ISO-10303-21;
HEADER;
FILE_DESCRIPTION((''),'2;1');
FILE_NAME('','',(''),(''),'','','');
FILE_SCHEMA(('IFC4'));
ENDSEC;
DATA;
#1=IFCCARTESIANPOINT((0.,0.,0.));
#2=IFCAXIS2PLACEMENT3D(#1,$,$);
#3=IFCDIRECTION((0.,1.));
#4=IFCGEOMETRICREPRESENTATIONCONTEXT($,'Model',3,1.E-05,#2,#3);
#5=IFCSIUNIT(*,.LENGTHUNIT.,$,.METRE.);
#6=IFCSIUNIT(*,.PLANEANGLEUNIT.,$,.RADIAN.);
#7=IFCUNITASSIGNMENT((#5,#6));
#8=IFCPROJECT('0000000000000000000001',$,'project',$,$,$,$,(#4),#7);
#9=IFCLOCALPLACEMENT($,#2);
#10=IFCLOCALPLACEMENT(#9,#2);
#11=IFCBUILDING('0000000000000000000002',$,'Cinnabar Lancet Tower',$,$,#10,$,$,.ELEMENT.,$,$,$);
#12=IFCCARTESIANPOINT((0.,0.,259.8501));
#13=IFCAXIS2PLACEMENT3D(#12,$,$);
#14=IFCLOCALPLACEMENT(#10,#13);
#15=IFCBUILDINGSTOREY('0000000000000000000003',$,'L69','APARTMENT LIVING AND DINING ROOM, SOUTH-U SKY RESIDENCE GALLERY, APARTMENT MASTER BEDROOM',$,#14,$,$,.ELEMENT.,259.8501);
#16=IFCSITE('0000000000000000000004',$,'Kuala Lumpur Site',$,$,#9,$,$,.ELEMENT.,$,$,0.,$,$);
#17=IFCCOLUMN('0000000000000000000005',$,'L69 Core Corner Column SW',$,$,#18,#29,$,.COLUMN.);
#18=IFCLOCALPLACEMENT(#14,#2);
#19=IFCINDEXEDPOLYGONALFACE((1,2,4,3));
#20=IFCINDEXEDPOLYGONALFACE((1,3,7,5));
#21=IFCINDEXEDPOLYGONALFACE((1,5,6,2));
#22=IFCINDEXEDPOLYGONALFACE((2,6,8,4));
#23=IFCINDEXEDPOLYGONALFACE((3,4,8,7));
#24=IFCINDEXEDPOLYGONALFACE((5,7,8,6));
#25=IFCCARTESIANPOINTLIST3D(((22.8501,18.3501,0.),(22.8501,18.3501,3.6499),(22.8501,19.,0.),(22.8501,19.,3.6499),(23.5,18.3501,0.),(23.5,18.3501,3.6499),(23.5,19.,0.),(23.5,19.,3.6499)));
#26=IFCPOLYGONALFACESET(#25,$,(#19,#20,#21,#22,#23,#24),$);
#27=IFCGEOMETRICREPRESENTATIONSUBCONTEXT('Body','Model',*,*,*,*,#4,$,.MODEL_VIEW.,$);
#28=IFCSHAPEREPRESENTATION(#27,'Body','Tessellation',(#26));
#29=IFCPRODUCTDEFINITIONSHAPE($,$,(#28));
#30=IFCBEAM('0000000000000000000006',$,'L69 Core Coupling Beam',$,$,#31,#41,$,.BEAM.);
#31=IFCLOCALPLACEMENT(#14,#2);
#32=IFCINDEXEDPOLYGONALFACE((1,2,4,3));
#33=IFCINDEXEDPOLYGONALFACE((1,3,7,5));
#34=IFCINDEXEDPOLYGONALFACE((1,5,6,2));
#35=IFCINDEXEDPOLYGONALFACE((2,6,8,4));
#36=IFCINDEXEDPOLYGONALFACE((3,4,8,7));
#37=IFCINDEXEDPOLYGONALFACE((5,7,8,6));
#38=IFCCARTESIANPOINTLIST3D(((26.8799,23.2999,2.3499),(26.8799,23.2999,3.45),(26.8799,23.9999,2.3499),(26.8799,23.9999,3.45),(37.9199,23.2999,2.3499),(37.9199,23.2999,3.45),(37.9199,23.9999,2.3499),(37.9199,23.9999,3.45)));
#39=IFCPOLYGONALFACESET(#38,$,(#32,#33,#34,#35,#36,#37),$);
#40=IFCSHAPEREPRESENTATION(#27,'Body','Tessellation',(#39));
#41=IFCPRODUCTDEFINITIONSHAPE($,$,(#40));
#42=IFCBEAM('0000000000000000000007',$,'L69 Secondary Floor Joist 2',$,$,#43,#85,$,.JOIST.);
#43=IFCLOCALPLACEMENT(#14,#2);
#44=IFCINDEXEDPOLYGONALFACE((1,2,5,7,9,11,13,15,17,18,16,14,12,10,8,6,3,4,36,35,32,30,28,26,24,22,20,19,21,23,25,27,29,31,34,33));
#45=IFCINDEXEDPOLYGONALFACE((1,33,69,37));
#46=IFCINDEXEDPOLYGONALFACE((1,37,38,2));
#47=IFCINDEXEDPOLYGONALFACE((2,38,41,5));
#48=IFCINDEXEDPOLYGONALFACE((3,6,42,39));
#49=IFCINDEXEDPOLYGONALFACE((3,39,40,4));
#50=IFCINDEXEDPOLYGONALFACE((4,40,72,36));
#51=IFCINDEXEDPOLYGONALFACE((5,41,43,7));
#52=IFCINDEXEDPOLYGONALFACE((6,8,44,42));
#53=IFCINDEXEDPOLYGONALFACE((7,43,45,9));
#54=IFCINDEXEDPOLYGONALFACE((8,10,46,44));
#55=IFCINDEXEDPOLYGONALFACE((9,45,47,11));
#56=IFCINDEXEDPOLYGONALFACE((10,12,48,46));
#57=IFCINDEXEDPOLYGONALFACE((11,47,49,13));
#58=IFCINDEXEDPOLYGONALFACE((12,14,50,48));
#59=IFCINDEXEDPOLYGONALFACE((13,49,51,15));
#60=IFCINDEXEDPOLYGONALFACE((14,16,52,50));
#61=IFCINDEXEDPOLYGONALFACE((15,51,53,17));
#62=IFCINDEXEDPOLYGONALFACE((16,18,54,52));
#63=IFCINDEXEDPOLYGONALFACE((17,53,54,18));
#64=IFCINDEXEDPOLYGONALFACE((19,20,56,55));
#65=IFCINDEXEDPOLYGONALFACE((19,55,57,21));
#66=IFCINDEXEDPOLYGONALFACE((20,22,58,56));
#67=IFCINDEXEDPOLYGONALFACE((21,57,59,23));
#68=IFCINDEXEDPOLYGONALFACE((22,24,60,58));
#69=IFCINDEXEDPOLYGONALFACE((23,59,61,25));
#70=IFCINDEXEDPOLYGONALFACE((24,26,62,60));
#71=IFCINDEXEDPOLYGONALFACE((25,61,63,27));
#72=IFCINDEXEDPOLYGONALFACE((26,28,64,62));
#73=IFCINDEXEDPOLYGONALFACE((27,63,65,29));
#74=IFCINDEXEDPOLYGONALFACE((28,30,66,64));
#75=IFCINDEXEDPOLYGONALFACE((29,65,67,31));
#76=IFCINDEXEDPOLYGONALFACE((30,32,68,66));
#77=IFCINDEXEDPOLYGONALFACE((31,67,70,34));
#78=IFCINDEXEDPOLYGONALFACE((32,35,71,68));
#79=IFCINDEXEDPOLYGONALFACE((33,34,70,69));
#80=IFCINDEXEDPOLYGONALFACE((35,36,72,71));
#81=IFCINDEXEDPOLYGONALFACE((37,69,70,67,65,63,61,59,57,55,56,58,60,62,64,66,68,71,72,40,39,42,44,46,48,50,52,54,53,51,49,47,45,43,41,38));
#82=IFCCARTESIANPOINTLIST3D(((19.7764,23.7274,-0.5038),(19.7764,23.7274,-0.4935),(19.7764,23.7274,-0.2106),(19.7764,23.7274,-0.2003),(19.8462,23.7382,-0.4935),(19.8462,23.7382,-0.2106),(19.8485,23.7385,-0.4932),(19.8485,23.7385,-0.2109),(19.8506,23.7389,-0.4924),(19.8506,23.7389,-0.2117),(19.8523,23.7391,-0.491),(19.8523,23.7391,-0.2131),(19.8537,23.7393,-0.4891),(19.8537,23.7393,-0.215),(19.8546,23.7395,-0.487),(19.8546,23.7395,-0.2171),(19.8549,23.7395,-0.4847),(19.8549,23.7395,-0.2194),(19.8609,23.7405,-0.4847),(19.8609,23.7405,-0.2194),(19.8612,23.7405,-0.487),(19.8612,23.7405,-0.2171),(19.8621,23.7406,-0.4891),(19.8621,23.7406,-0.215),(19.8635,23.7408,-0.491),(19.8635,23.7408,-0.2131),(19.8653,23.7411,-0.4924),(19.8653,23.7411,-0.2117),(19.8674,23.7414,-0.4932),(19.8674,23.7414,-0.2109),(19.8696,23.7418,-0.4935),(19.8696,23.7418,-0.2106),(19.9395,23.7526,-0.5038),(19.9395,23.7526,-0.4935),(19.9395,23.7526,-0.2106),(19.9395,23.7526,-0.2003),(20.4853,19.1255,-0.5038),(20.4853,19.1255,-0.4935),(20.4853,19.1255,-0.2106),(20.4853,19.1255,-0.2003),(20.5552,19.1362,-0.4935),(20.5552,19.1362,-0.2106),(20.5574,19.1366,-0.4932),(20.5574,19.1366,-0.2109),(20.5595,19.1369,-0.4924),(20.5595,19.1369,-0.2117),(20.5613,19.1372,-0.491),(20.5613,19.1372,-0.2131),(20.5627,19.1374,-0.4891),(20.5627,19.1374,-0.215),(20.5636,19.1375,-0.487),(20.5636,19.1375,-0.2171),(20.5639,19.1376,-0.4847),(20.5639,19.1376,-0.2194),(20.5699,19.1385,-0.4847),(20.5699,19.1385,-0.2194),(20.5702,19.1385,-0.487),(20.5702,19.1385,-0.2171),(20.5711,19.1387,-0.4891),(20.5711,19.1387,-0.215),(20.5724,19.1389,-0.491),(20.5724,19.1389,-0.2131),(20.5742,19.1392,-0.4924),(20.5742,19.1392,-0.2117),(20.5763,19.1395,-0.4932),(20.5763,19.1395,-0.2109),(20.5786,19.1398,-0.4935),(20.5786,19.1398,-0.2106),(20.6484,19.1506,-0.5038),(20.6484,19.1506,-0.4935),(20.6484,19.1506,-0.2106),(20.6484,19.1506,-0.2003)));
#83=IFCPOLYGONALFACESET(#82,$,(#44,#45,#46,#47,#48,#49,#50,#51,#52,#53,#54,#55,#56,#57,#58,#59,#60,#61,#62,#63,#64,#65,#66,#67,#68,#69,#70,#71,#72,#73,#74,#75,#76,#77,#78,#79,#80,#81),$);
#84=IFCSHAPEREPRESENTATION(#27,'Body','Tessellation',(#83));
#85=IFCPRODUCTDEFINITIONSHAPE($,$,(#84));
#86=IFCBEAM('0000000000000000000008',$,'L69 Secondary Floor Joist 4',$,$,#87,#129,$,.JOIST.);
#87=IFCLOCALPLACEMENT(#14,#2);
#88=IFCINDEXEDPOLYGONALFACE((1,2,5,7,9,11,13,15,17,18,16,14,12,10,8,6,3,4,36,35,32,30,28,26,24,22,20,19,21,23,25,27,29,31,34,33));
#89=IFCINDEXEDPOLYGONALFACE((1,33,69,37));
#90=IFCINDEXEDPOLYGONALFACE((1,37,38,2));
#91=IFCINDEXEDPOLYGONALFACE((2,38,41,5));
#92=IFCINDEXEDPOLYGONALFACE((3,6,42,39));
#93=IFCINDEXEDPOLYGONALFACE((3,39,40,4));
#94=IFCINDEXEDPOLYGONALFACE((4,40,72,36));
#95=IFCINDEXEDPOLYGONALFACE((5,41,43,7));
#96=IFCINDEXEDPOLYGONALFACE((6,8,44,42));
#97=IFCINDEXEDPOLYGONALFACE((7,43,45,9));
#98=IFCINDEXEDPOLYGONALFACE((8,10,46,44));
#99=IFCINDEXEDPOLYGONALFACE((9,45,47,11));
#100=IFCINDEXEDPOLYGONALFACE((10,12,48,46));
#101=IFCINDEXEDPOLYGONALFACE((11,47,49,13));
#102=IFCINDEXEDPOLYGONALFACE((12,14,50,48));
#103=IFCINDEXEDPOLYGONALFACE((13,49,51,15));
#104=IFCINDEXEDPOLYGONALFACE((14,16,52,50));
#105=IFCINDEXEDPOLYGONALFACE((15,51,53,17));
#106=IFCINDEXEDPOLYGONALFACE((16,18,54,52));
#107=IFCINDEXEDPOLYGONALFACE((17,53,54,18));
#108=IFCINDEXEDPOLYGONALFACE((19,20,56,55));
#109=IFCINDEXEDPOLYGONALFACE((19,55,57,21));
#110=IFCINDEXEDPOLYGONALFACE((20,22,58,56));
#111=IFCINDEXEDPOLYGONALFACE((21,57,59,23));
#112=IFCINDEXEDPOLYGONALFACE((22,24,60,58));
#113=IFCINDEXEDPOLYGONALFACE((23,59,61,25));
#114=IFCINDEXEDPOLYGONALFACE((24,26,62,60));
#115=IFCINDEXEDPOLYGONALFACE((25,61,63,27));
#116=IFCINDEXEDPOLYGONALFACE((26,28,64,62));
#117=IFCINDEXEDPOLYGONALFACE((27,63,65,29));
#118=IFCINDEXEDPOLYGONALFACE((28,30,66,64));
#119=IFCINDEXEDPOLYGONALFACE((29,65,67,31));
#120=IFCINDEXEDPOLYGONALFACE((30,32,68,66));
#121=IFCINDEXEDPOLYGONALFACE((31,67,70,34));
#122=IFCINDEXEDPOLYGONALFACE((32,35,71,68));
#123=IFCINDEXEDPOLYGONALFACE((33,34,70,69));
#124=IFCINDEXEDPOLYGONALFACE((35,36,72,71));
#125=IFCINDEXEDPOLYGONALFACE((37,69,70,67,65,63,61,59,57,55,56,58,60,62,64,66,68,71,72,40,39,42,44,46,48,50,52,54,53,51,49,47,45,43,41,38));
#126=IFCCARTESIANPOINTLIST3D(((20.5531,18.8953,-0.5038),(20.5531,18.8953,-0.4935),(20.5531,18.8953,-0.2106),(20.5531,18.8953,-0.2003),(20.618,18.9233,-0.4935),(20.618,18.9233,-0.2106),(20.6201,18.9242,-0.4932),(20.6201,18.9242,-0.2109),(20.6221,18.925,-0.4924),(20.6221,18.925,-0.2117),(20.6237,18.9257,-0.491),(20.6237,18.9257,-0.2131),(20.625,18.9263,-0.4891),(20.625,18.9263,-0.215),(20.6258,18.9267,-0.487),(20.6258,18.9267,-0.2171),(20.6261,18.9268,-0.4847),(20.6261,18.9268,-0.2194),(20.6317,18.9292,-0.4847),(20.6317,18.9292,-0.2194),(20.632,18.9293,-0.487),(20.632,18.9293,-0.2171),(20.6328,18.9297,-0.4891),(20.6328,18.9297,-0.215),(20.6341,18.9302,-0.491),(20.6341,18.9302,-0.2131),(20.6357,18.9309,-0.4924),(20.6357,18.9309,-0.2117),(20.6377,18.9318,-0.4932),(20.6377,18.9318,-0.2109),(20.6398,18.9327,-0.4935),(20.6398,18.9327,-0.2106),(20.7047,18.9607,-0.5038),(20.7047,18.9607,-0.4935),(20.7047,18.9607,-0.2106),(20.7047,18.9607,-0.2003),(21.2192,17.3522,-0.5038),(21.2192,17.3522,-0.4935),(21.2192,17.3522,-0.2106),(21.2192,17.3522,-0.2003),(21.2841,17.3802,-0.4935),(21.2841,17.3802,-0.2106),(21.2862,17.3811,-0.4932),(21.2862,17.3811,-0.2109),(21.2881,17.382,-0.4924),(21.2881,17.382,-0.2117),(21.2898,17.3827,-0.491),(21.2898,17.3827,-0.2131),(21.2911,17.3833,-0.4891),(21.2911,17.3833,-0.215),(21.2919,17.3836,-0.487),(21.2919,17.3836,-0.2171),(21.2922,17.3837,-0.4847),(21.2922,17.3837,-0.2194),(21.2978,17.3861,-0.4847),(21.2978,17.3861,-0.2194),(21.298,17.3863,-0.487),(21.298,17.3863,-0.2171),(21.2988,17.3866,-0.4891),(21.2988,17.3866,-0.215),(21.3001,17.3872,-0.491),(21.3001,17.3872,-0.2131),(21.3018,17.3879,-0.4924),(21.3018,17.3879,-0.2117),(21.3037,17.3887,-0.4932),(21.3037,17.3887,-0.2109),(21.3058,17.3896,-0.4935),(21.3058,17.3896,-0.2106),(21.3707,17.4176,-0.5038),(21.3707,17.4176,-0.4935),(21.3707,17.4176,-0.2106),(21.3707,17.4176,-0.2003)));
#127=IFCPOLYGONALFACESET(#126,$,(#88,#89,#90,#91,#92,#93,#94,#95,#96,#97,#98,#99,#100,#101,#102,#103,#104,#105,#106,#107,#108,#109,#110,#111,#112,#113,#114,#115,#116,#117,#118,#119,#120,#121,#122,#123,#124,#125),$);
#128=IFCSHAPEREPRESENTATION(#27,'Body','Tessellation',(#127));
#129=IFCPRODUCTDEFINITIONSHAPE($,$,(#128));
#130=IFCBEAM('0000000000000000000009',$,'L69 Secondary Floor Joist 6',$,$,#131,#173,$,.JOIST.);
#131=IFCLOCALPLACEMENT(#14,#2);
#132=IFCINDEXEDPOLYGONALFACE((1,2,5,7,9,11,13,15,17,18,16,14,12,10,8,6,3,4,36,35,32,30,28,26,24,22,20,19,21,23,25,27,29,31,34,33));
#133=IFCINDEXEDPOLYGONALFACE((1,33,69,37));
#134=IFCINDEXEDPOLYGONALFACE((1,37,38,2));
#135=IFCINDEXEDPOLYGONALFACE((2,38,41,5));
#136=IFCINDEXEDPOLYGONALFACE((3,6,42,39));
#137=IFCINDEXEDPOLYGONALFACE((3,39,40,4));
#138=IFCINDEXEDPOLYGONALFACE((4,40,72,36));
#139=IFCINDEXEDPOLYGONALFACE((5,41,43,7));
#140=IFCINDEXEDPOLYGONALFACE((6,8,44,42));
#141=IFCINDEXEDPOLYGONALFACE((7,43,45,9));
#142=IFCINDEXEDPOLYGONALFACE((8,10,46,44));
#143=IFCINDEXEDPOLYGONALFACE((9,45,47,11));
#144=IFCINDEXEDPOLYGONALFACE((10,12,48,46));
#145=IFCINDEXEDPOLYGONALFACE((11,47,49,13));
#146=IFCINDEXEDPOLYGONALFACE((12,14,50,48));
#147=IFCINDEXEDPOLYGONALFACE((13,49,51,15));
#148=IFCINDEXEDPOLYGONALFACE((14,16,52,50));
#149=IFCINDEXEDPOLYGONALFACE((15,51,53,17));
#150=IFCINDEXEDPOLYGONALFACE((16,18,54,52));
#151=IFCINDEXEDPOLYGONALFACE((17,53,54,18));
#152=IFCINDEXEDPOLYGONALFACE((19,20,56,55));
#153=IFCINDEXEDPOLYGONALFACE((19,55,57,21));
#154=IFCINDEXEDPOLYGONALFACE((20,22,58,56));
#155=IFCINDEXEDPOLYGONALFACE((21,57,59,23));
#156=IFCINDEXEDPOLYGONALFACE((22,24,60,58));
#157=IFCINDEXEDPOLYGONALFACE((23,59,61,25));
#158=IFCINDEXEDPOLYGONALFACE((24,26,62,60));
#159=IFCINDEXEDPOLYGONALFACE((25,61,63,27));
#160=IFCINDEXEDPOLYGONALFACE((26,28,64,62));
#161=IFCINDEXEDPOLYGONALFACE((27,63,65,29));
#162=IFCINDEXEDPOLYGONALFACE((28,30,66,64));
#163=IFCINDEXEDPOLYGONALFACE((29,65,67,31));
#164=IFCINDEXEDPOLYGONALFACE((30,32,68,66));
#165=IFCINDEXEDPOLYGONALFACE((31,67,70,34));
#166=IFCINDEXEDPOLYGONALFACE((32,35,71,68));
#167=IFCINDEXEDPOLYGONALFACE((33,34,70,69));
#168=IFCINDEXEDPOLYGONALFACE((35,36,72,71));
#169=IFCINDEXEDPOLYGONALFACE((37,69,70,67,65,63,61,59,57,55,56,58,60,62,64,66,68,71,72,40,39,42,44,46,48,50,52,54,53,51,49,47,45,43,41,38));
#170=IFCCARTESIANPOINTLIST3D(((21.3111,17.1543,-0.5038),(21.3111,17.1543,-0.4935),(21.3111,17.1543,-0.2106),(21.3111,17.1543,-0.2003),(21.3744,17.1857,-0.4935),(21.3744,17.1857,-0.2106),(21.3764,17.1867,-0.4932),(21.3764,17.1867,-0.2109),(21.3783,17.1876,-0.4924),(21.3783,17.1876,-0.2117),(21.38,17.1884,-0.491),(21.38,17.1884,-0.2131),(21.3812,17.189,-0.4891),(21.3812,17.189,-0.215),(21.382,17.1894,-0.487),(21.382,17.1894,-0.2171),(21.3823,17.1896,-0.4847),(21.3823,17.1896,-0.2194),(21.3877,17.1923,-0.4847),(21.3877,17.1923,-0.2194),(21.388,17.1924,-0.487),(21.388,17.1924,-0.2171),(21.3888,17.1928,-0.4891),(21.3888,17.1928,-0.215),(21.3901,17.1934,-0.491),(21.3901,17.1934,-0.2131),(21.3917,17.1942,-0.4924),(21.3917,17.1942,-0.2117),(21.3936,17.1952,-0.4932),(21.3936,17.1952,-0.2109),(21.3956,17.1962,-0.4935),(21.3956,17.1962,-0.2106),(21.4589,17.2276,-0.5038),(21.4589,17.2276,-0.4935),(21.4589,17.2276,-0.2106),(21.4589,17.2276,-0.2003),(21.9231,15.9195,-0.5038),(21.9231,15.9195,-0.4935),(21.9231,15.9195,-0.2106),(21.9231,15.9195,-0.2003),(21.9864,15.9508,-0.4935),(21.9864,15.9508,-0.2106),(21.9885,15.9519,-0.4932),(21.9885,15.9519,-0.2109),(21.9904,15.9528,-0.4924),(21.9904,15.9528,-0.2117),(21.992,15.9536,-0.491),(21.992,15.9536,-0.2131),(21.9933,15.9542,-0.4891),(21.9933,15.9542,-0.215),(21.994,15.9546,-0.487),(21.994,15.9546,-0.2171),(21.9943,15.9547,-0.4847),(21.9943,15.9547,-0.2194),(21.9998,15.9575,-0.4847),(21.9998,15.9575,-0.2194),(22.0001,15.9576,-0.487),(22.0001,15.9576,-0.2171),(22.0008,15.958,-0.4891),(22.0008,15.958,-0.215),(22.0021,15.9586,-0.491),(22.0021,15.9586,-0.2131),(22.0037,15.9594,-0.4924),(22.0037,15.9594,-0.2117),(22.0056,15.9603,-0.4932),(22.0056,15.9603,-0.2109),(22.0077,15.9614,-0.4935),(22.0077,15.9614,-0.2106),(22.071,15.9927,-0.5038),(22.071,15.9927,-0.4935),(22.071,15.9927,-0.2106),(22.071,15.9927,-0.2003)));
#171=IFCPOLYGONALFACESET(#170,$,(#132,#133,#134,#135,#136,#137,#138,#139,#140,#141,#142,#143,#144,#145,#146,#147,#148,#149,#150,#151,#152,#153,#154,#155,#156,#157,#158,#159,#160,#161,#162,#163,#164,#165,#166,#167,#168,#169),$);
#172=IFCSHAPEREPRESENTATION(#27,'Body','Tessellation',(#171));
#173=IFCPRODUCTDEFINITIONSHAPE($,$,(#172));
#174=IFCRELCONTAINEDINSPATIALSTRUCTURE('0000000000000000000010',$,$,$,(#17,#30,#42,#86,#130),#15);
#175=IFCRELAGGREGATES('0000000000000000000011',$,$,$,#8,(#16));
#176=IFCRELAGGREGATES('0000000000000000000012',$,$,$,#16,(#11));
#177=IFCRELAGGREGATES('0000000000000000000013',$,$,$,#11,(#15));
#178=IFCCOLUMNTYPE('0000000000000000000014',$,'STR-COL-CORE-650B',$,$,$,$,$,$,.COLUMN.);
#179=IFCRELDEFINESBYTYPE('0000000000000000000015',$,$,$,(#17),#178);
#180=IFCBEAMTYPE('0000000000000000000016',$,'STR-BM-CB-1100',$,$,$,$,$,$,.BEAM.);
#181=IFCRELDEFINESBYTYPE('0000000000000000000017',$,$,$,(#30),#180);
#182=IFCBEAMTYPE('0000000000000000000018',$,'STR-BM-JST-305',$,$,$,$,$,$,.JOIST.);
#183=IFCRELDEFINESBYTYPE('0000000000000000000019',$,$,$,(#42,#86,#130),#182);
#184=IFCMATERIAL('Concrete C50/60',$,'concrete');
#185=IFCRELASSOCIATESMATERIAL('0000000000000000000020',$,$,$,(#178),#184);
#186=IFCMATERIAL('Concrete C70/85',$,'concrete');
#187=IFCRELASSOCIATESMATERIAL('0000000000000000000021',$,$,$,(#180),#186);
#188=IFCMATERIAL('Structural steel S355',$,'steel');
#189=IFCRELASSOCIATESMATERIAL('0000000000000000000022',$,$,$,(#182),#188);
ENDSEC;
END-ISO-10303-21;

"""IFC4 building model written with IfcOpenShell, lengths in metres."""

from ifc_helpers import new_model, si_unit, direction, frame, origin, origin_2d, place, context, subcontext, project, spatial, rectangle, i_section, extrude, material, material_profile, profile_set, type_object, element, save


model = new_model("IFC4")

# Units and contexts
model_context = context("Model", 3, precision=1e-05, world=origin(), true_north=direction((0.0, 1.0)))
body_context = subcontext(model_context, "Body", "Model", "MODEL_VIEW")
ifc_project = project(units=[si_unit("LENGTHUNIT", "METRE"), si_unit("PLANEANGLEUNIT", "RADIAN")], contexts=[model_context])

# Site, building, storey
site_placement = place(None, origin())
site = spatial("IfcSite", under=ifc_project, at=site_placement, Name="Kuala Lumpur Site", CompositionType="ELEMENT", RefElevation=0.0)
building_placement = place(site_placement, origin())
building = spatial("IfcBuilding", under=site, at=building_placement, Name="Cinnabar Lancet Tower", CompositionType="ELEMENT")
storey_placement = place(building_placement, frame((0.0, 0.0, 259.8501)))
storey = spatial("IfcBuildingStorey", under=building, at=storey_placement, Name="L69", Description="APARTMENT LIVING AND DINING ROOM, SOUTH-U SKY RESIDENCE GALLERY, APARTMENT MASTER BEDROOM", CompositionType="ELEMENT", Elevation=259.8501)

# Column
ifc_material_1 = material(Name="Concrete C50/60", Category="concrete")
ifc_material_profile_1 = material_profile(ifc_material_1, rectangle(XDim=0.6499, YDim=0.6499, at=origin_2d()), Name="RC-COL 650x650")
ifc_profile_set_1 = profile_set([ifc_material_profile_1], Name="Concrete C50/60")
column_type = type_object("IfcColumnType", Name="STR-COL-CORE-650B", PredefinedType="COLUMN", material=ifc_profile_set_1)
column_placement = place(storey_placement, frame((23.175, 18.675, 0.0), z_axis=(0.0, 0.0, 1.0), x_axis=(1.0, 0.0, 0.0)))
element("IfcColumn", 1, at=column_placement, inside=storey, type_object=column_type, Name="L69 Core Corner Column SW", PredefinedType="COLUMN", context=body_context, shape_type="SweptSolid", body=[
    extrude(rectangle(XDim=0.6499, YDim=0.6499, at=origin_2d()), origin(), (0.0, 0.0, 1.0), 3.6499),
])

# Beams
ifc_material_2 = material(Name="Concrete C70/85", Category="concrete")
ifc_material_profile_2 = material_profile(ifc_material_2, rectangle(XDim=0.7, YDim=1.1001, at=origin_2d()), Name="RC-CB 700x1100")
ifc_profile_set_2 = profile_set([ifc_material_profile_2], Name="Concrete C70/85")
beam_type_1 = type_object("IfcBeamType", Name="STR-BM-CB-1100", PredefinedType="BEAM", material=ifc_profile_set_2)
beam_1_placement = place(storey_placement, frame((26.8799, 23.6499, 2.8999), z_axis=(1.0, 0.0, 0.0), x_axis=(0.0, 1.0, 0.0)))
element("IfcBeam", 2, at=beam_1_placement, inside=storey, type_object=beam_type_1, Name="L69 Core Coupling Beam", PredefinedType="BEAM", context=body_context, shape_type="SweptSolid", body=[
    extrude(rectangle(XDim=0.7, YDim=1.1001, at=origin_2d()), origin(), (0.0, 0.0, 1.0), 11.04),
])
ifc_material_3 = material(Name="Structural steel S355", Category="steel")
ifc_material_profile_3 = material_profile(ifc_material_3, i_section(OverallWidth=0.165, OverallDepth=0.3035, WebThickness=0.0061, FlangeThickness=0.0103, FilletRadius=0.0088, at=origin_2d()), Name="UKB 305x165x40")
ifc_profile_set_3 = profile_set([ifc_material_profile_3], Name="Structural steel S355")
beam_type_2 = type_object("IfcBeamType", Name="STR-BM-JST-305", PredefinedType="JOIST", material=ifc_profile_set_3)
beam_2_placement = place(storey_placement, frame((19.8579, 23.74, -0.3521), z_axis=(0.152262, -0.98834, 0.0), x_axis=(0.98834, 0.152262, 0.0)))
element("IfcBeam", 3, at=beam_2_placement, inside=storey, type_object=beam_type_2, Name="L69 Secondary Floor Joist 2", PredefinedType="JOIST", context=body_context, shape_type="SweptSolid", body=[
    extrude(i_section(OverallWidth=0.165, OverallDepth=0.3035, WebThickness=0.0061, FlangeThickness=0.0103, FilletRadius=0.0088, at=origin_2d()), origin(), (0.0, 0.0, 1.0), 4.6562),
])
beam_3_placement = place(storey_placement, frame((20.6289, 18.928, -0.3521), z_axis=(0.396302, -0.91812, 0.0), x_axis=(0.91812, 0.396302, 0.0)))
element("IfcBeam", 4, at=beam_3_placement, inside=storey, type_object=beam_type_2, Name="L69 Secondary Floor Joist 4", PredefinedType="JOIST", context=body_context, shape_type="SweptSolid", body=[
    extrude(i_section(OverallWidth=0.165, OverallDepth=0.3035, WebThickness=0.0061, FlangeThickness=0.0103, FilletRadius=0.0088, at=origin_2d()), origin(), (0.0, 0.0, 1.0), 1.6807),
])
beam_4_placement = place(storey_placement, frame((21.385, 17.1909, -0.3521), z_axis=(0.444093, -0.895981, 0.0), x_axis=(0.895981, 0.444093, 0.0)))
element("IfcBeam", 5, at=beam_4_placement, inside=storey, type_object=beam_type_2, Name="L69 Secondary Floor Joist 6", PredefinedType="JOIST", context=body_context, shape_type="SweptSolid", body=[
    extrude(i_section(OverallWidth=0.165, OverallDepth=0.3035, WebThickness=0.0061, FlangeThickness=0.0103, FilletRadius=0.0088, at=origin_2d()), origin(), (0.0, 0.0, 1.0), 1.3782),
])

save(model, "model.ifc")
